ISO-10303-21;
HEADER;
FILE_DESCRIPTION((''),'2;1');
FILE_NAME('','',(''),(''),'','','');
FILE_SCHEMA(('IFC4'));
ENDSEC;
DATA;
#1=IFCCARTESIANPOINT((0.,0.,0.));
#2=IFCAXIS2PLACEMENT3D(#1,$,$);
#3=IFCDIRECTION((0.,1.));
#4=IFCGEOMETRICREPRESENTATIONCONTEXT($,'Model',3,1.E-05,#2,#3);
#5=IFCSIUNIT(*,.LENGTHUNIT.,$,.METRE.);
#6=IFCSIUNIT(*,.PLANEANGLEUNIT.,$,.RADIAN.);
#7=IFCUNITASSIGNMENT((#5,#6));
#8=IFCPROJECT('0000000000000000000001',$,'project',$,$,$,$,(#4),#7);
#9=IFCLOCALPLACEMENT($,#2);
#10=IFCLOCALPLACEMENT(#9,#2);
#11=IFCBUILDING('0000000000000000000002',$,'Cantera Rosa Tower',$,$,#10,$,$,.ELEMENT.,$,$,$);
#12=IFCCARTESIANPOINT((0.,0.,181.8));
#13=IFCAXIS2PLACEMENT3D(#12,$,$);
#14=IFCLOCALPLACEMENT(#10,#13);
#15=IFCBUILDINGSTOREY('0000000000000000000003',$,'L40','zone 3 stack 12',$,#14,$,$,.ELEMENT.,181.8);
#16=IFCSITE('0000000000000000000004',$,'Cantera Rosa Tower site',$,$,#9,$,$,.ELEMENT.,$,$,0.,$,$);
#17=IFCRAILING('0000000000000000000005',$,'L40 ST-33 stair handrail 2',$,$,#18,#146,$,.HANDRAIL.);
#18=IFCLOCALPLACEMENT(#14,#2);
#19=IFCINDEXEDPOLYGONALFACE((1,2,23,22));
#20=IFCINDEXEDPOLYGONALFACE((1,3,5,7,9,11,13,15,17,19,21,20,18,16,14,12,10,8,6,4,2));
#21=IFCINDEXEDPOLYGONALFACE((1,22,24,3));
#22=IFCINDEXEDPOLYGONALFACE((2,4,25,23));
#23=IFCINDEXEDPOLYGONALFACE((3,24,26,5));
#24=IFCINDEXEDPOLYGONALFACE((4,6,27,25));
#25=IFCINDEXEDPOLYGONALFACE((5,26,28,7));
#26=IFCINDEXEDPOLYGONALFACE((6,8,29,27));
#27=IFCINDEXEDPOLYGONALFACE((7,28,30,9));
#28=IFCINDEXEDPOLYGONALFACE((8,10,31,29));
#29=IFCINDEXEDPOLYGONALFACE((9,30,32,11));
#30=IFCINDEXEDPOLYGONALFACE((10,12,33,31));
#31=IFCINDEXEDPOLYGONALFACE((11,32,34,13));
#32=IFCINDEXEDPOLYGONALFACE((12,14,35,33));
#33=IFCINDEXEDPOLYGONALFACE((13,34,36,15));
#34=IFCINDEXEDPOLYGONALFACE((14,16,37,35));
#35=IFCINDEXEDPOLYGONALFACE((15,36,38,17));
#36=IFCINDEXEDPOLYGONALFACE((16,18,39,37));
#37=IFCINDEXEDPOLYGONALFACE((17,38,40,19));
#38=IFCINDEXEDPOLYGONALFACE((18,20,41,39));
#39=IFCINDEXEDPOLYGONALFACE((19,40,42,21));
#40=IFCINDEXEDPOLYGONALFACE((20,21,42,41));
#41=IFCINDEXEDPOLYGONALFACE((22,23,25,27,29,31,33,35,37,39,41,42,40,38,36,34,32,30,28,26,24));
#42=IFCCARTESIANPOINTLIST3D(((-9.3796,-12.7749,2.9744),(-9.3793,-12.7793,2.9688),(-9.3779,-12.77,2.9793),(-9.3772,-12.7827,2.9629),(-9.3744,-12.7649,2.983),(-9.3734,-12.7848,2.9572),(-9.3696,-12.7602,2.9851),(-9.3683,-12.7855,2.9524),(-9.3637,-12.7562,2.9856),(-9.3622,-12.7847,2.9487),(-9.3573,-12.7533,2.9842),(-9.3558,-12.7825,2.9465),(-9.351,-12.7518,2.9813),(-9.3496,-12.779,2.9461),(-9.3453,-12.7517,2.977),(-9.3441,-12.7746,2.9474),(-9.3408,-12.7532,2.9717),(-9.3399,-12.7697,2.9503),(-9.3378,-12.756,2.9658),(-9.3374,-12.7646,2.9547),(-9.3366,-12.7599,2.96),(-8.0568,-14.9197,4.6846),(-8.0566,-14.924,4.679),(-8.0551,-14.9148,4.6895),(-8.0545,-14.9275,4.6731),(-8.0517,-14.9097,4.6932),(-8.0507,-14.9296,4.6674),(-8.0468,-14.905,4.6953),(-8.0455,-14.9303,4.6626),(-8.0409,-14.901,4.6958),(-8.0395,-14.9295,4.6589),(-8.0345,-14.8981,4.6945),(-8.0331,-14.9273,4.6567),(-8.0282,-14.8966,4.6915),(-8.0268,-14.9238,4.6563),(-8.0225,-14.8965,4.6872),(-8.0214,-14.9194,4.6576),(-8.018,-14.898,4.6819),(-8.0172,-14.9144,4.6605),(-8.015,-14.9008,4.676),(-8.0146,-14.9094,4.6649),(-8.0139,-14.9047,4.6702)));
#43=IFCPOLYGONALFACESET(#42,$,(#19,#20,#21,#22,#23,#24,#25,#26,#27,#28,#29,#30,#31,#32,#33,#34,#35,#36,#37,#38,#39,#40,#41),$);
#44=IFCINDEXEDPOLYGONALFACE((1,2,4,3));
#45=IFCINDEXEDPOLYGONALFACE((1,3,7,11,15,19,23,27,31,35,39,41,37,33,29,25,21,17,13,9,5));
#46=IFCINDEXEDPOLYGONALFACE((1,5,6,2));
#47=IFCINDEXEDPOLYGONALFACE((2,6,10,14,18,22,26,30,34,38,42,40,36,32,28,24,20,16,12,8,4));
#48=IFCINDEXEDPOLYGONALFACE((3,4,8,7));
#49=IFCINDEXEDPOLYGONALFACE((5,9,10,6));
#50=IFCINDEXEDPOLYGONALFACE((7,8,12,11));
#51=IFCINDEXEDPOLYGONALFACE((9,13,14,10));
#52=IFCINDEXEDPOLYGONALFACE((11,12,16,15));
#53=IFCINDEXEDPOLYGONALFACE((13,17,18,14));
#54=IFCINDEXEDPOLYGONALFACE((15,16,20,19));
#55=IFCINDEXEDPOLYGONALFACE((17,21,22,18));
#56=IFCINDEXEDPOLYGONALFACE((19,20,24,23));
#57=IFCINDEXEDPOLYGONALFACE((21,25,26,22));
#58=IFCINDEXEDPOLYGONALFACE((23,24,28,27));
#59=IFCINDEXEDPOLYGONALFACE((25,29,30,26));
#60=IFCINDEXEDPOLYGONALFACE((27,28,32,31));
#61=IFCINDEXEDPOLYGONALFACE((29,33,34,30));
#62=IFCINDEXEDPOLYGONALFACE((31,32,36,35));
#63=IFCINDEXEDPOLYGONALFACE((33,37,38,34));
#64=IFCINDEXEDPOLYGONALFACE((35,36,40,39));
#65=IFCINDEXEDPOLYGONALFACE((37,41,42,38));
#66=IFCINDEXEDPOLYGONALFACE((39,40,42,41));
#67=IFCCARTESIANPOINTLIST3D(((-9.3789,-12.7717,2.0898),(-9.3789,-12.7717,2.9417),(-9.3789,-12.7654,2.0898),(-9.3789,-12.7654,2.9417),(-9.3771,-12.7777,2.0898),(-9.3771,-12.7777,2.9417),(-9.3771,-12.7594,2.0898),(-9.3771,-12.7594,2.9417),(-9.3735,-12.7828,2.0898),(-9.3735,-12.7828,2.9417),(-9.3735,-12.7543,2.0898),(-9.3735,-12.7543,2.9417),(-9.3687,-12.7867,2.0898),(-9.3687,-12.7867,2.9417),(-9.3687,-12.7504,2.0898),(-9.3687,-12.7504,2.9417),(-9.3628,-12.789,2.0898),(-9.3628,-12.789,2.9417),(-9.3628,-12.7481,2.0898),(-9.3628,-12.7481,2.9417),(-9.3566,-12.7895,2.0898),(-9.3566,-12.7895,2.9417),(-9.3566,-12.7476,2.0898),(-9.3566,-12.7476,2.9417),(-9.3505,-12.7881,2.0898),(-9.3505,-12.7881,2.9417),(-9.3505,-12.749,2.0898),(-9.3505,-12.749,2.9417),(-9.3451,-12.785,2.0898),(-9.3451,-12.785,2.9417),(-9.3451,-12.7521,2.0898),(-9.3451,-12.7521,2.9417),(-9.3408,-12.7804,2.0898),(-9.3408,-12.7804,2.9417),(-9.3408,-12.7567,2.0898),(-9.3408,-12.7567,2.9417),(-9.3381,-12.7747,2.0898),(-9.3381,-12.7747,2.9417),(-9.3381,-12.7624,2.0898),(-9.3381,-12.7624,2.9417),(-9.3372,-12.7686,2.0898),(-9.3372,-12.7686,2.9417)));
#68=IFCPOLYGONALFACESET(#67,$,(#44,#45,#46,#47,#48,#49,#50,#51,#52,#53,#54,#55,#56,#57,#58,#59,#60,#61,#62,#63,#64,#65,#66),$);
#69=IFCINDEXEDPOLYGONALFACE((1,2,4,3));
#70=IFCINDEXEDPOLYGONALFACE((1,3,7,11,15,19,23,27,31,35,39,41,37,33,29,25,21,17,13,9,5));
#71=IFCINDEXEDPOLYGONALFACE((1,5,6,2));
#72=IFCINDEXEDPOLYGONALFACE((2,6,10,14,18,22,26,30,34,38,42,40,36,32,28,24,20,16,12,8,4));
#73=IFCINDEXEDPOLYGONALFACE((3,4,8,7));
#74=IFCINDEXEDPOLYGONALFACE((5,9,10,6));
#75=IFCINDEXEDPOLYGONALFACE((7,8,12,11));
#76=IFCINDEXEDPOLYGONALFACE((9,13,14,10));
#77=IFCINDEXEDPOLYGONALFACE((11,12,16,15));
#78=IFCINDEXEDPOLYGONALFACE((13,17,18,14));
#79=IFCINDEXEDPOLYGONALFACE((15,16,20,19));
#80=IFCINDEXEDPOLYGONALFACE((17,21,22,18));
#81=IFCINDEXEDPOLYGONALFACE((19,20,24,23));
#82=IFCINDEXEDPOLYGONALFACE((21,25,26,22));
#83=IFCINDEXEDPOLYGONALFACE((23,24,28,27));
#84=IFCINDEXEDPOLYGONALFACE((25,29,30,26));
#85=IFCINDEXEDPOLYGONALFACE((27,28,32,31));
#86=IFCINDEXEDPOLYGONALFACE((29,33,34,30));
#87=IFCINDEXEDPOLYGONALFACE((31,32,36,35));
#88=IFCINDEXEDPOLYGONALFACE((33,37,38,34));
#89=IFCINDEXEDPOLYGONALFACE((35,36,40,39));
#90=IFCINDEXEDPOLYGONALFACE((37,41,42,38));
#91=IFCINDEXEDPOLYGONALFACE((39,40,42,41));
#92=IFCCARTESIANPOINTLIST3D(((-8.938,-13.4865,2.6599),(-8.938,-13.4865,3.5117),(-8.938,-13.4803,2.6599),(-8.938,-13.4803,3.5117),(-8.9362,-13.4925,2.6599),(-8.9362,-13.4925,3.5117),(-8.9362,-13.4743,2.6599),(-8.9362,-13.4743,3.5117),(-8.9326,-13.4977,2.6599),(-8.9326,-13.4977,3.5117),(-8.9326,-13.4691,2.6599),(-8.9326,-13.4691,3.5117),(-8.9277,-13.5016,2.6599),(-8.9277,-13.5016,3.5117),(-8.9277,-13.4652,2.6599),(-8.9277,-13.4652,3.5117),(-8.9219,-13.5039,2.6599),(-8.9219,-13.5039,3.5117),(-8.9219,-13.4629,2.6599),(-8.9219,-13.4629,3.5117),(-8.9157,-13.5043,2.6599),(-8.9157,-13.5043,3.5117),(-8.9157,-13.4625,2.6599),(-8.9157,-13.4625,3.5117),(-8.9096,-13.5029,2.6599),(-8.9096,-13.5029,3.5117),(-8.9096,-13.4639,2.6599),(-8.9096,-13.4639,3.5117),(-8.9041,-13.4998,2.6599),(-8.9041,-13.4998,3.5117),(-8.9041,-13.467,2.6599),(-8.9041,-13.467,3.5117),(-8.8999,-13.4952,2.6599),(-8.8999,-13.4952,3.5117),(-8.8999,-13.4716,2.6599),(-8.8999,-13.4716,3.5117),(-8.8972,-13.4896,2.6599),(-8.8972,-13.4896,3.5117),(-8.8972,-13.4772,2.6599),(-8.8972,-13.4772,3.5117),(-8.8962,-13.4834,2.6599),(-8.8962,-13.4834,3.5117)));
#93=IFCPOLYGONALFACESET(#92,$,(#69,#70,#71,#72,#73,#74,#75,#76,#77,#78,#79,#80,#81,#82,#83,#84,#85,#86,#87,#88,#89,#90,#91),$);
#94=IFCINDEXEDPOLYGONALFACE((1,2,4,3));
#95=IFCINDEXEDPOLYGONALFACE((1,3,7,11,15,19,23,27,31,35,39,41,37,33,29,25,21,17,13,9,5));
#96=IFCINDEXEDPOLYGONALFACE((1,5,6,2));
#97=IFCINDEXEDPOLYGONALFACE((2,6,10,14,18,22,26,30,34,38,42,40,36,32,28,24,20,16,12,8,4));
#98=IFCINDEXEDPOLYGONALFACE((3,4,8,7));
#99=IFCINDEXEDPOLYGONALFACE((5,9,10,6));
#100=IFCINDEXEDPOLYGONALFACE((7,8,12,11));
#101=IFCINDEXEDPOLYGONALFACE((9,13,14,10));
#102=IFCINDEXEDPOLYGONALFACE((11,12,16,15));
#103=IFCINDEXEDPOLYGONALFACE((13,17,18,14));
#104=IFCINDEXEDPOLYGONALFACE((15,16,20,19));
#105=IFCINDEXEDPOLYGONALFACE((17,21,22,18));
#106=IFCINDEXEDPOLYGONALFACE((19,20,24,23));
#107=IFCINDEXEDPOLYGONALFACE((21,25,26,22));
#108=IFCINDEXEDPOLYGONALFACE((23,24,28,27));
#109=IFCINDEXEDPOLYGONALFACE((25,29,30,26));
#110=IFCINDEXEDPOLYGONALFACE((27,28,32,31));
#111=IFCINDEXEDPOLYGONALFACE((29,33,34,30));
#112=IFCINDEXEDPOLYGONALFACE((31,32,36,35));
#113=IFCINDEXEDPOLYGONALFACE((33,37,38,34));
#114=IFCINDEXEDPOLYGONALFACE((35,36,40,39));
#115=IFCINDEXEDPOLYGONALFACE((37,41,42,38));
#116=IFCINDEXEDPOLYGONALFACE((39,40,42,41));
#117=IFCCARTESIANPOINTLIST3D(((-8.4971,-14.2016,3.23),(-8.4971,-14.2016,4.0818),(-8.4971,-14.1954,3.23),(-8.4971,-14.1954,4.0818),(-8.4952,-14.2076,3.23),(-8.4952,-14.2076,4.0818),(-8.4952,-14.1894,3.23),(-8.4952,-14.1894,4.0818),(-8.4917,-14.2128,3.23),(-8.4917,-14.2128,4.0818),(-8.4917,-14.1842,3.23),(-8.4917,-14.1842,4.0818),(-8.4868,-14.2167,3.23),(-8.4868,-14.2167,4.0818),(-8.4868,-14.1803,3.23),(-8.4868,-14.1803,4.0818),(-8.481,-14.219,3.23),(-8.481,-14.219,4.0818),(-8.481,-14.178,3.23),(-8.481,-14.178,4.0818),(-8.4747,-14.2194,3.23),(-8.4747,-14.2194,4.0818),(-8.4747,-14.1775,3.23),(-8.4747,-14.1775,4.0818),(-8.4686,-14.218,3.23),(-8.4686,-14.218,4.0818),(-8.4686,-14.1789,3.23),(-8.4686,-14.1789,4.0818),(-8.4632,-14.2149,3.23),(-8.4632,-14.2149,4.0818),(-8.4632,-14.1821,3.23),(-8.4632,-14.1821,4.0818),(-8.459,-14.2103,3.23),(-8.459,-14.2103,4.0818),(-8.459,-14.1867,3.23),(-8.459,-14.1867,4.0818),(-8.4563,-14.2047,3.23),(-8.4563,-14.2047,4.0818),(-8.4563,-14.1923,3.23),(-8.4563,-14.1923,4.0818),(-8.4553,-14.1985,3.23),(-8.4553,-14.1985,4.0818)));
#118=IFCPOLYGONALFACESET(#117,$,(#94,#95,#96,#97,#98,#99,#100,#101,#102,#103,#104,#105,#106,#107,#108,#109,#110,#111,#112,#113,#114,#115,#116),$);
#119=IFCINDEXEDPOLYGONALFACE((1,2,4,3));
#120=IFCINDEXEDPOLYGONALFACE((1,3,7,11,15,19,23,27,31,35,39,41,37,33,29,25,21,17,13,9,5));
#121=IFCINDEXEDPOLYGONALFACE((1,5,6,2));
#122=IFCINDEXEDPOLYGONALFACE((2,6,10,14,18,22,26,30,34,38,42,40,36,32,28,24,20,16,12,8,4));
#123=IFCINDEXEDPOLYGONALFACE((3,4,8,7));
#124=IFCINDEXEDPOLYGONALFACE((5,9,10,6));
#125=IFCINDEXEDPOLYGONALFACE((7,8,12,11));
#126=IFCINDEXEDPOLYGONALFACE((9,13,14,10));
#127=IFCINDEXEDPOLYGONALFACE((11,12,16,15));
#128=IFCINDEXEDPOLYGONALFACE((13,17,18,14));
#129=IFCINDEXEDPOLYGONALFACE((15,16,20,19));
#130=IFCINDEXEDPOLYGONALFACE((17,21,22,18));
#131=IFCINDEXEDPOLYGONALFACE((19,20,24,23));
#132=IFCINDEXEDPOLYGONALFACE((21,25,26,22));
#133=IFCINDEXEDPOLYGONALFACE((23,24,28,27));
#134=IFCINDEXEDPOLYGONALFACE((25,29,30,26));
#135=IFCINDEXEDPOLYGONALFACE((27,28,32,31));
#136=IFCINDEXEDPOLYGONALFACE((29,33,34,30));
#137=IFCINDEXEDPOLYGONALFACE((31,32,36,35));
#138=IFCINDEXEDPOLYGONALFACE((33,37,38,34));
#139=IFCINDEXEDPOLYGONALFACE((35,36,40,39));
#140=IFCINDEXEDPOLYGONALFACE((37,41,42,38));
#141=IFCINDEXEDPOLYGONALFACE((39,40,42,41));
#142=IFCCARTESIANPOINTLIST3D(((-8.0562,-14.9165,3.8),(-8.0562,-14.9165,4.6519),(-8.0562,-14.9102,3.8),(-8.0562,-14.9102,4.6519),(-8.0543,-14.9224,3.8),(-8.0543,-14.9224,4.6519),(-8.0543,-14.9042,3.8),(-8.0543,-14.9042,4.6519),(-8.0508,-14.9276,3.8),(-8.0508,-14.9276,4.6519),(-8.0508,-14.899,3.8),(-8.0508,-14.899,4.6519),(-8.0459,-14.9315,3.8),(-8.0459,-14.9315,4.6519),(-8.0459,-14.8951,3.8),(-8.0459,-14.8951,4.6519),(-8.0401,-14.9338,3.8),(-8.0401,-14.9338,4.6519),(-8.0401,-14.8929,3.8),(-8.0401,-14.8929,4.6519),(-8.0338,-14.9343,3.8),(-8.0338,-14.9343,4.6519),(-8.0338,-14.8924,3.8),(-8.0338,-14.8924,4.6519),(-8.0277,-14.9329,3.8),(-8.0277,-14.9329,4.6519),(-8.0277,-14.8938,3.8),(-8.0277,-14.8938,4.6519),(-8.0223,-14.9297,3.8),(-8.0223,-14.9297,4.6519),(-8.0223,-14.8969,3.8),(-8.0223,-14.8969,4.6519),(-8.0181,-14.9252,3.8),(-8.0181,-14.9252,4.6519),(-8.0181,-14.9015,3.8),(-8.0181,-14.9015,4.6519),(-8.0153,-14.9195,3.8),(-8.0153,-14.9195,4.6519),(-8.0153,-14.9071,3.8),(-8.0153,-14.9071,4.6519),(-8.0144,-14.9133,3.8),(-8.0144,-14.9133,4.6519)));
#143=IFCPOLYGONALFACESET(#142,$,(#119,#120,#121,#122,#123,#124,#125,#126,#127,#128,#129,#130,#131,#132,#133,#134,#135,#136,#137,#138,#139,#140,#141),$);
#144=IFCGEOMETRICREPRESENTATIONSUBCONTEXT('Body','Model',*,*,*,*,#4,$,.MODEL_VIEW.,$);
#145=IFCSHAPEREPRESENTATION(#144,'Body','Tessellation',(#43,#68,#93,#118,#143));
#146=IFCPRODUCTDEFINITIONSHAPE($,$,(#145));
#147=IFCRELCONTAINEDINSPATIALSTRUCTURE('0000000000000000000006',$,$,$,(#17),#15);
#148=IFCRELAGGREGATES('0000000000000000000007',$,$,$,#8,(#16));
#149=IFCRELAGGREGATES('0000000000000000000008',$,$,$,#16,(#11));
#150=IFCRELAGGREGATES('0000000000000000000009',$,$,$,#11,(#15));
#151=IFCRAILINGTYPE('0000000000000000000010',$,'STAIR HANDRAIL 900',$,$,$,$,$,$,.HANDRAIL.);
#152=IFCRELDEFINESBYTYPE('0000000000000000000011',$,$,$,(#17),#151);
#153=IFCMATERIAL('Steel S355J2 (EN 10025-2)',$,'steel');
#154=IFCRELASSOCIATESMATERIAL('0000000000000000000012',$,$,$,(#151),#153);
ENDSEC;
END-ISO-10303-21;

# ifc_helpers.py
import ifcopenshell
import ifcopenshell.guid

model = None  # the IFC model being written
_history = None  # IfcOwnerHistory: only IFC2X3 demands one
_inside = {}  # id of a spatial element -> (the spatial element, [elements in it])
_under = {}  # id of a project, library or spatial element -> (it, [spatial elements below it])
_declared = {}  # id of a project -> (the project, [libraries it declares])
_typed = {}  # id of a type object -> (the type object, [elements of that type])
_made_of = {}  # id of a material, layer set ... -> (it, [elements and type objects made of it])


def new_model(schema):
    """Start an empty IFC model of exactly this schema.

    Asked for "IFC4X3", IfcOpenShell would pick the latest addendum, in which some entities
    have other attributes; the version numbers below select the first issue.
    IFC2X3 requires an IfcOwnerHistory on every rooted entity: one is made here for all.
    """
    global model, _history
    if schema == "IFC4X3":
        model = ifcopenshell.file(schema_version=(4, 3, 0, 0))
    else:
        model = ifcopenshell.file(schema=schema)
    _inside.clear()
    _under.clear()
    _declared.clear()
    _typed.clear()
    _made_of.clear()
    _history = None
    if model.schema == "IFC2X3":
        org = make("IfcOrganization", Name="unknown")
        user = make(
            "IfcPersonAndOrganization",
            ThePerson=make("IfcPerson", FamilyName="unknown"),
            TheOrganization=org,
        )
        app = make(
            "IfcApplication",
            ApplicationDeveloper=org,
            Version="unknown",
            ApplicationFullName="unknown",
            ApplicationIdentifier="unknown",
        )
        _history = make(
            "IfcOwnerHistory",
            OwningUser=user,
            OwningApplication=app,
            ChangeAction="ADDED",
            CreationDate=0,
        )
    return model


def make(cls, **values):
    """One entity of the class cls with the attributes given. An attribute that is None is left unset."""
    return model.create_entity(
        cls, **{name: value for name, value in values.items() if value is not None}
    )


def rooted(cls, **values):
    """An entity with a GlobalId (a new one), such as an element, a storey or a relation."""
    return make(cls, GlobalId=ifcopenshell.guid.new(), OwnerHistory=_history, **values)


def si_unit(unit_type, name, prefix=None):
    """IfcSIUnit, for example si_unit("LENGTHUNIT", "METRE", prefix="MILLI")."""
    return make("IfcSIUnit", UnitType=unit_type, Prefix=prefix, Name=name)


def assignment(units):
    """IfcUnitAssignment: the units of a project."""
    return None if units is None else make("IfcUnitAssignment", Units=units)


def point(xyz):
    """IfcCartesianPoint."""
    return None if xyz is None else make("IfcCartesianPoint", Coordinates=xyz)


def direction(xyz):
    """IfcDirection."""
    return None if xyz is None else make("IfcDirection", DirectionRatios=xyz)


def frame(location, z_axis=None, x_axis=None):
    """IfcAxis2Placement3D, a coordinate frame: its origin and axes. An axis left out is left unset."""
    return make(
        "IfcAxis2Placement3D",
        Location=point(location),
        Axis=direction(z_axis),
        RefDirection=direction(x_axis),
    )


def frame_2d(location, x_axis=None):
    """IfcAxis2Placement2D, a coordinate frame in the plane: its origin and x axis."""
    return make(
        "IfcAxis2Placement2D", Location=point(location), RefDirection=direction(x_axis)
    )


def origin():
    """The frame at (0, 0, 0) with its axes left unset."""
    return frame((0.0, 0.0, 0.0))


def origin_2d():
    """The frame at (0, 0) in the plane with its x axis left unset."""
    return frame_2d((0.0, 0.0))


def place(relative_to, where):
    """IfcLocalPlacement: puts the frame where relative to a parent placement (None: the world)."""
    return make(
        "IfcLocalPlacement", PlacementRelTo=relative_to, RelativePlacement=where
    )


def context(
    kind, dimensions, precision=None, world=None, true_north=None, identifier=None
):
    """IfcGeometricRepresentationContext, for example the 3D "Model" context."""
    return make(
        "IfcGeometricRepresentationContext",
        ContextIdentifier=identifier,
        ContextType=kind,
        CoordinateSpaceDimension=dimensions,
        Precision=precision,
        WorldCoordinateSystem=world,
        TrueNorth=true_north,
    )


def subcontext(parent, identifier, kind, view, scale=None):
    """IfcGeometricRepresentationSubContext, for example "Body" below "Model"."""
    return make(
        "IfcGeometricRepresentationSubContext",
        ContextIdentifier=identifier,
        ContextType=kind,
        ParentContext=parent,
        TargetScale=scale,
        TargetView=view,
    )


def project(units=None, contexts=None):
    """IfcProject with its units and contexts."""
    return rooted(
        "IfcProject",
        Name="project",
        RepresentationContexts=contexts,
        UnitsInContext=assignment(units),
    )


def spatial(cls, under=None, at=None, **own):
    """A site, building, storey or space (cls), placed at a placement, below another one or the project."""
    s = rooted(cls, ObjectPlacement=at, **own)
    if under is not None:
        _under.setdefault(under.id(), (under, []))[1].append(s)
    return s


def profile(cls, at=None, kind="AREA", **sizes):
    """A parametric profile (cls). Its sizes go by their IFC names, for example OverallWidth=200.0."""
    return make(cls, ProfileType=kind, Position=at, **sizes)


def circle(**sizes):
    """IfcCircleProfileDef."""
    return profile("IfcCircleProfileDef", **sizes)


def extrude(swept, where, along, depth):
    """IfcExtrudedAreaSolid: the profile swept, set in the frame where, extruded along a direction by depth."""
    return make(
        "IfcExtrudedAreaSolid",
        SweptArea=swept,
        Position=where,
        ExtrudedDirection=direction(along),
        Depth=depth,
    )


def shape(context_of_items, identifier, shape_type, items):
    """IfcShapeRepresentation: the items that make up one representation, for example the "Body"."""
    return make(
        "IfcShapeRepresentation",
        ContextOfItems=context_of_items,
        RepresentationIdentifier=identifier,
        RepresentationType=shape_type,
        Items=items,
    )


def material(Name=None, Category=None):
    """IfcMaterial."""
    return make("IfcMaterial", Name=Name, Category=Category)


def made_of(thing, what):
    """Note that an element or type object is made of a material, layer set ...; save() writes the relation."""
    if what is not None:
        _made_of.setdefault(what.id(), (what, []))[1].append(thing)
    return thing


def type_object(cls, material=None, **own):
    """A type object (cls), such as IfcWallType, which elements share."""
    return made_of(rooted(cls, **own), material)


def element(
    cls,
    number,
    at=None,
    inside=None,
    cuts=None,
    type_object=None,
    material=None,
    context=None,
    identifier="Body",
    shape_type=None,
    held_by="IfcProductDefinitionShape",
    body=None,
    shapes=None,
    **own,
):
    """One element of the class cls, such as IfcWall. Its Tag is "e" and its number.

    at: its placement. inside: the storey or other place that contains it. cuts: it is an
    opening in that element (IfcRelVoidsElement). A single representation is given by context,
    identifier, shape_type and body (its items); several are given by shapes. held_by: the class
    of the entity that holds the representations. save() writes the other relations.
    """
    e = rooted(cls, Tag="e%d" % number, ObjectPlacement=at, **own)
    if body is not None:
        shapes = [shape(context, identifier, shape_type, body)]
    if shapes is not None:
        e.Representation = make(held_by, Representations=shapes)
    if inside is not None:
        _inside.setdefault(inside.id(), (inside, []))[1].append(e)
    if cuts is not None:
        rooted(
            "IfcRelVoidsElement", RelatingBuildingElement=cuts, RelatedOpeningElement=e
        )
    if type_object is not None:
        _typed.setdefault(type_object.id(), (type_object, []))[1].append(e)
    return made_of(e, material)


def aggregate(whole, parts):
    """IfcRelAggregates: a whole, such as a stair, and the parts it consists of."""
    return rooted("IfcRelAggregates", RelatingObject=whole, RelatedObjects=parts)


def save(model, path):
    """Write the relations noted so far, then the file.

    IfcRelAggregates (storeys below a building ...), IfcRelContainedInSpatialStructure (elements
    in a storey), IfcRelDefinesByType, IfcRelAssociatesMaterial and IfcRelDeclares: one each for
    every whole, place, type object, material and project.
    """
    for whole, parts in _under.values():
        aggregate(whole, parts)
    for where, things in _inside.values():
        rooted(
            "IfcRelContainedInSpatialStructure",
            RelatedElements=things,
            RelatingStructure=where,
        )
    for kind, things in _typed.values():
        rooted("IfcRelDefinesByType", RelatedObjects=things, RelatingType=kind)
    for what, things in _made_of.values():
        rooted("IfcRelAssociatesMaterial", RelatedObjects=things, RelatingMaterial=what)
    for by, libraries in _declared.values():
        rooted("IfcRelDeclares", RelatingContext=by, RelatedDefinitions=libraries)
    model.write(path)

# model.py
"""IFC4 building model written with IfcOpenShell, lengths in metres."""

from ifc_helpers import new_model, si_unit, direction, frame, origin, origin_2d, place, context, subcontext, project, spatial, circle, extrude, material, type_object, element, save


model = new_model("IFC4")

# Units and contexts
model_context = context("Model", 3, precision=1e-05, world=origin(), true_north=direction((0.0, 1.0)))
body_context = subcontext(model_context, "Body", "Model", "MODEL_VIEW")
ifc_project = project(units=[si_unit("LENGTHUNIT", "METRE"), si_unit("PLANEANGLEUNIT", "RADIAN")], contexts=[model_context])

# Site, building, storey
site_placement = place(None, origin())
site = spatial("IfcSite", under=ifc_project, at=site_placement, Name="Cantera Rosa Tower site", CompositionType="ELEMENT", RefElevation=0.0)
building_placement = place(site_placement, origin())
building = spatial("IfcBuilding", under=site, at=building_placement, Name="Cantera Rosa Tower", CompositionType="ELEMENT")
storey_placement = place(building_placement, frame((0.0, 0.0, 181.8)))
storey = spatial("IfcBuildingStorey", under=building, at=storey_placement, Name="L40", Description="zone 3 stack 12", CompositionType="ELEMENT", Elevation=181.8)

# Railing
ifc_material_1 = material(Name="Steel S355J2 (EN 10025-2)", Category="steel")
railing_type_1 = type_object("IfcRailingType", Name="STAIR HANDRAIL 900", PredefinedType="HANDRAIL", material=ifc_material_1)
railing_1_placement = place(storey_placement, frame((-9.3582, -12.7686, 2.0898)))
element("IfcRailing", 1, at=railing_1_placement, inside=storey, type_object=railing_type_1, Name="L40 ST-33 stair handrail 2", PredefinedType="HANDRAIL", context=body_context, shape_type="SweptSolid", body=[
    extrude(circle(Radius=0.0239, at=origin_2d()), frame((0.0, 0.0, 0.876), z_axis=(0.434343, -0.704264, 0.561568), x_axis=(0.851146, 0.52493, 0.0)), (0.0, 0.0, 1.0), 3.0454),
    extrude(circle(Radius=0.021, at=origin_2d()), origin(), (0.0, 0.0, 1.0), 0.8518),
    extrude(circle(Radius=0.021, at=origin_2d()), frame((0.4409, -0.7148, 0.5701)), (0.0, 0.0, 1.0), 0.8518),
    extrude(circle(Radius=0.021, at=origin_2d()), frame((0.8818, -1.4299, 1.1401)), (0.0, 0.0, 1.0), 0.8518),
    extrude(circle(Radius=0.021, at=origin_2d()), frame((1.3228, -2.1448, 1.7102)), (0.0, 0.0, 1.0), 0.8518),
])

save(model, "model.ifc")
